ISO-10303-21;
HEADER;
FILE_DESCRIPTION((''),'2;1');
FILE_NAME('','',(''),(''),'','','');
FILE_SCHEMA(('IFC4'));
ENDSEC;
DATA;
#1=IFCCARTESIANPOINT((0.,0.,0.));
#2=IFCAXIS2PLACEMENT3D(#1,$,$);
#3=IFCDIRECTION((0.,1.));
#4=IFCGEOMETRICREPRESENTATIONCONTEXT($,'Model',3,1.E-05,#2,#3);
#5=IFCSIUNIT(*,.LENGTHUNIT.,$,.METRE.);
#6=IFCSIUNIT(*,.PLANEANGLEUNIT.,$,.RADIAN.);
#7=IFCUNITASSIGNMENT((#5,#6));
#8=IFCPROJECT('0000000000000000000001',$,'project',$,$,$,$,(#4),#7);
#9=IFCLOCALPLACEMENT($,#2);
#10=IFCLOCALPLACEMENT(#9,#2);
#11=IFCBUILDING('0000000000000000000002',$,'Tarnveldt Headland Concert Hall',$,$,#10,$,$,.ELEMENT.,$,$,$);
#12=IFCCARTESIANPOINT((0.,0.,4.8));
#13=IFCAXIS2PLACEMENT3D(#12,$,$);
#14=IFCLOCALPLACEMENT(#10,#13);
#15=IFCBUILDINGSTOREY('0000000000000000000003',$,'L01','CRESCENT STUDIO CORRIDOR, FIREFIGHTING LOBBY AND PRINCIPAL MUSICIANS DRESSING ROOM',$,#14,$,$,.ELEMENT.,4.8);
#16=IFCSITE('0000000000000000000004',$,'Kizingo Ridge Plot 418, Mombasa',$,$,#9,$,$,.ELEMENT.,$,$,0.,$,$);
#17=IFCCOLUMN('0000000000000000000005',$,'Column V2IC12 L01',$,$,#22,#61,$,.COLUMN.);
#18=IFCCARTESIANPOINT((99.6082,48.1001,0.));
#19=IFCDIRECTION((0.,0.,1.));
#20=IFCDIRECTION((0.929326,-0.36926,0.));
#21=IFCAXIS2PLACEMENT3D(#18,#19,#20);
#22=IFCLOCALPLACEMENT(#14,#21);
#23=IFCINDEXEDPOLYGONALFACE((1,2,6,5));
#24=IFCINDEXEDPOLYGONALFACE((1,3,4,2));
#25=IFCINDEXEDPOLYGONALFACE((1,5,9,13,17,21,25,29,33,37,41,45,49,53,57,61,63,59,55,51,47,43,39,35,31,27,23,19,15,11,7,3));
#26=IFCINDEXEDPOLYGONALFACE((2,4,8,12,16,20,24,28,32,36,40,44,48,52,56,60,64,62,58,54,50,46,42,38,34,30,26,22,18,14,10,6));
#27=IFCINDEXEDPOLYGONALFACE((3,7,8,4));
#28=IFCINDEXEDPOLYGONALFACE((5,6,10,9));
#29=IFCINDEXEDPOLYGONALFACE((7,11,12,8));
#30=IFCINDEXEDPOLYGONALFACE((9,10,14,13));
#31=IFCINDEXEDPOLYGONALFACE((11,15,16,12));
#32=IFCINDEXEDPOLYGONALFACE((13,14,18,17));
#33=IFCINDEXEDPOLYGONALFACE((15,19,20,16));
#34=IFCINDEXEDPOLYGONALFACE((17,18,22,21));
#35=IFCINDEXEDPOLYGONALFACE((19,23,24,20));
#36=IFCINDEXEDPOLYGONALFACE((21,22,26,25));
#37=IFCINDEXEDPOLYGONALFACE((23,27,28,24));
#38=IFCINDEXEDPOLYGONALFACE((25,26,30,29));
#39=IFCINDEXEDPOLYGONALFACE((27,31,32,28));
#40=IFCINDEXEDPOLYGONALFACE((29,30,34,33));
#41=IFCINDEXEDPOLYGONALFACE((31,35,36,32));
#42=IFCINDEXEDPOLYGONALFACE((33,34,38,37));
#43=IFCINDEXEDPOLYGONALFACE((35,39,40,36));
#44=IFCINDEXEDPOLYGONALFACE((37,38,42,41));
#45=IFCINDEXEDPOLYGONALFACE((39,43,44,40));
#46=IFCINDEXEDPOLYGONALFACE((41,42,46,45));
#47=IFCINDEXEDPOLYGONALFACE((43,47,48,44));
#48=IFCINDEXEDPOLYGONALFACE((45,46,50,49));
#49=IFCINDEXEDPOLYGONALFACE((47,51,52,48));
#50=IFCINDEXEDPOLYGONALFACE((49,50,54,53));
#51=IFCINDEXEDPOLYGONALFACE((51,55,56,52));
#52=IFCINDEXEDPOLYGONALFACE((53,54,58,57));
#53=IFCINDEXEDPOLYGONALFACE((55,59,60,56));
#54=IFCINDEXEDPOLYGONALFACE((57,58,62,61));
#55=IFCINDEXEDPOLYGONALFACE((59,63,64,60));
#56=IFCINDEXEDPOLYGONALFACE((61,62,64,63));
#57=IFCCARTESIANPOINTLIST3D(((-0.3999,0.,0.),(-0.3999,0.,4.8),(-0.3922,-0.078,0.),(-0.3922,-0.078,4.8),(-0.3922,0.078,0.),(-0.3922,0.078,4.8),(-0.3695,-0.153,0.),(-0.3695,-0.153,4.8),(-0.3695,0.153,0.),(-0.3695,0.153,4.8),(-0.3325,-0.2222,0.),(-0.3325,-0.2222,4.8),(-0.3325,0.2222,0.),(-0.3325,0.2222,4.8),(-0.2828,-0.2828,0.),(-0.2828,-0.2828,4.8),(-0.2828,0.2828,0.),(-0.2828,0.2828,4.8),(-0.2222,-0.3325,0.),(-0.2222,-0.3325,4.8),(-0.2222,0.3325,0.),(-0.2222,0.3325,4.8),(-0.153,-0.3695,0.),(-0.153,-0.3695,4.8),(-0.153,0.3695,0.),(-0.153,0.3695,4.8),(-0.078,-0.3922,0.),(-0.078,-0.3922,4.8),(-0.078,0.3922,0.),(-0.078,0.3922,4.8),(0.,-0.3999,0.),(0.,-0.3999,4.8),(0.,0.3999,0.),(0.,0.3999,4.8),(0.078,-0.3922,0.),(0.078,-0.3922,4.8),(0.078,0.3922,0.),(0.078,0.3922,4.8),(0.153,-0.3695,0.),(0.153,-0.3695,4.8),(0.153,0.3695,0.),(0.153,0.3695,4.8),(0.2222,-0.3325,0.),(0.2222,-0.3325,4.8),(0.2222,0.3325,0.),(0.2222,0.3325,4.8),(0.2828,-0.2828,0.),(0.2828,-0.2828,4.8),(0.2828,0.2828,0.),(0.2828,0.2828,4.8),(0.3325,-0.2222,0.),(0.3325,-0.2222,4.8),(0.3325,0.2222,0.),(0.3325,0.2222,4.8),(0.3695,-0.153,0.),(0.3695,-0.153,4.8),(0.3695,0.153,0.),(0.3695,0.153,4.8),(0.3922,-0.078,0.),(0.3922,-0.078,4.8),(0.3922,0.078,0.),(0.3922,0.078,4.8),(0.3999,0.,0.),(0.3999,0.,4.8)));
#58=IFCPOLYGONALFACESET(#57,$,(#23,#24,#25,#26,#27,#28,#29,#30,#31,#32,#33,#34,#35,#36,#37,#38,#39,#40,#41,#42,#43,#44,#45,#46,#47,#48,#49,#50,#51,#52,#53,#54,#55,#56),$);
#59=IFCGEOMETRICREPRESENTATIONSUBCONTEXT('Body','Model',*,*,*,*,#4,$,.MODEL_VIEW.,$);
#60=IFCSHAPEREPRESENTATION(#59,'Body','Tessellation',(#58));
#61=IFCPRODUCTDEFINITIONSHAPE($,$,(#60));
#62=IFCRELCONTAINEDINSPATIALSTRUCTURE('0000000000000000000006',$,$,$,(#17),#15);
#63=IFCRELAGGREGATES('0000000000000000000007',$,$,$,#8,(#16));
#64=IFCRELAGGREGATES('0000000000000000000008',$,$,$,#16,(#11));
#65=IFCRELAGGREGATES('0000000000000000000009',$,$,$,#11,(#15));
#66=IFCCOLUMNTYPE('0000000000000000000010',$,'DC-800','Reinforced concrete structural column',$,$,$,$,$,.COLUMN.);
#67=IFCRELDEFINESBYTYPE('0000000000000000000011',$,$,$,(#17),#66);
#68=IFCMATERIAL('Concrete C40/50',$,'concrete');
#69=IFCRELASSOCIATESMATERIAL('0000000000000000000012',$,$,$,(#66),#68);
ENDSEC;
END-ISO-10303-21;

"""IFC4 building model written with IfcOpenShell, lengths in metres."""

from ifc_helpers import new_model, si_unit, direction, frame, origin, origin_2d, place, context, subcontext, project, spatial, circle, extrude, material, material_profile, profile_set, type_object, element, save


model = new_model("IFC4")

# Units and contexts
model_context = context("Model", 3, precision=1e-05, world=origin(), true_north=direction((0.0, 1.0)))
body_context = subcontext(model_context, "Body", "Model", "MODEL_VIEW")
ifc_project = project(units=[si_unit("LENGTHUNIT", "METRE"), si_unit("PLANEANGLEUNIT", "RADIAN")], contexts=[model_context])

# Site, building, storey
site_placement = place(None, origin())
site = spatial("IfcSite", under=ifc_project, at=site_placement, Name="Kizingo Ridge Plot 418, Mombasa", CompositionType="ELEMENT", RefElevation=0.0)
building_placement = place(site_placement, origin())
building = spatial("IfcBuilding", under=site, at=building_placement, Name="Tarnveldt Headland Concert Hall", CompositionType="ELEMENT")
storey_placement = place(building_placement, frame((0.0, 0.0, 4.8)))
storey = spatial("IfcBuildingStorey", under=building, at=storey_placement, Name="L01", Description="CRESCENT STUDIO CORRIDOR, FIREFIGHTING LOBBY AND PRINCIPAL MUSICIANS DRESSING ROOM", CompositionType="ELEMENT", Elevation=4.8)

# Column
ifc_material_1 = material(Name="Concrete C40/50", Category="concrete")
ifc_material_profile_1 = material_profile(ifc_material_1, circle(Radius=0.3999, at=origin_2d()), Name="RC D800", Category="concrete")
ifc_profile_set_1 = profile_set([ifc_material_profile_1], Name="Concrete C40/50")
column_type_1 = type_object("IfcColumnType", Name="DC-800", Description="Reinforced concrete structural column", PredefinedType="COLUMN", material=ifc_profile_set_1)
column_1_placement = place(storey_placement, frame((99.6082, 48.1001, 0.0), z_axis=(0.0, 0.0, 1.0), x_axis=(0.929326, -0.36926, 0.0)))
element("IfcColumn", 1, at=column_1_placement, inside=storey, type_object=column_type_1, Name="Column V2IC12 L01", PredefinedType="COLUMN", context=body_context, shape_type="SweptSolid", body=[
    extrude(circle(Radius=0.3999, at=origin_2d()), origin(), (0.0, 0.0, 1.0), 4.8),
])

save(model, "model.ifc")
